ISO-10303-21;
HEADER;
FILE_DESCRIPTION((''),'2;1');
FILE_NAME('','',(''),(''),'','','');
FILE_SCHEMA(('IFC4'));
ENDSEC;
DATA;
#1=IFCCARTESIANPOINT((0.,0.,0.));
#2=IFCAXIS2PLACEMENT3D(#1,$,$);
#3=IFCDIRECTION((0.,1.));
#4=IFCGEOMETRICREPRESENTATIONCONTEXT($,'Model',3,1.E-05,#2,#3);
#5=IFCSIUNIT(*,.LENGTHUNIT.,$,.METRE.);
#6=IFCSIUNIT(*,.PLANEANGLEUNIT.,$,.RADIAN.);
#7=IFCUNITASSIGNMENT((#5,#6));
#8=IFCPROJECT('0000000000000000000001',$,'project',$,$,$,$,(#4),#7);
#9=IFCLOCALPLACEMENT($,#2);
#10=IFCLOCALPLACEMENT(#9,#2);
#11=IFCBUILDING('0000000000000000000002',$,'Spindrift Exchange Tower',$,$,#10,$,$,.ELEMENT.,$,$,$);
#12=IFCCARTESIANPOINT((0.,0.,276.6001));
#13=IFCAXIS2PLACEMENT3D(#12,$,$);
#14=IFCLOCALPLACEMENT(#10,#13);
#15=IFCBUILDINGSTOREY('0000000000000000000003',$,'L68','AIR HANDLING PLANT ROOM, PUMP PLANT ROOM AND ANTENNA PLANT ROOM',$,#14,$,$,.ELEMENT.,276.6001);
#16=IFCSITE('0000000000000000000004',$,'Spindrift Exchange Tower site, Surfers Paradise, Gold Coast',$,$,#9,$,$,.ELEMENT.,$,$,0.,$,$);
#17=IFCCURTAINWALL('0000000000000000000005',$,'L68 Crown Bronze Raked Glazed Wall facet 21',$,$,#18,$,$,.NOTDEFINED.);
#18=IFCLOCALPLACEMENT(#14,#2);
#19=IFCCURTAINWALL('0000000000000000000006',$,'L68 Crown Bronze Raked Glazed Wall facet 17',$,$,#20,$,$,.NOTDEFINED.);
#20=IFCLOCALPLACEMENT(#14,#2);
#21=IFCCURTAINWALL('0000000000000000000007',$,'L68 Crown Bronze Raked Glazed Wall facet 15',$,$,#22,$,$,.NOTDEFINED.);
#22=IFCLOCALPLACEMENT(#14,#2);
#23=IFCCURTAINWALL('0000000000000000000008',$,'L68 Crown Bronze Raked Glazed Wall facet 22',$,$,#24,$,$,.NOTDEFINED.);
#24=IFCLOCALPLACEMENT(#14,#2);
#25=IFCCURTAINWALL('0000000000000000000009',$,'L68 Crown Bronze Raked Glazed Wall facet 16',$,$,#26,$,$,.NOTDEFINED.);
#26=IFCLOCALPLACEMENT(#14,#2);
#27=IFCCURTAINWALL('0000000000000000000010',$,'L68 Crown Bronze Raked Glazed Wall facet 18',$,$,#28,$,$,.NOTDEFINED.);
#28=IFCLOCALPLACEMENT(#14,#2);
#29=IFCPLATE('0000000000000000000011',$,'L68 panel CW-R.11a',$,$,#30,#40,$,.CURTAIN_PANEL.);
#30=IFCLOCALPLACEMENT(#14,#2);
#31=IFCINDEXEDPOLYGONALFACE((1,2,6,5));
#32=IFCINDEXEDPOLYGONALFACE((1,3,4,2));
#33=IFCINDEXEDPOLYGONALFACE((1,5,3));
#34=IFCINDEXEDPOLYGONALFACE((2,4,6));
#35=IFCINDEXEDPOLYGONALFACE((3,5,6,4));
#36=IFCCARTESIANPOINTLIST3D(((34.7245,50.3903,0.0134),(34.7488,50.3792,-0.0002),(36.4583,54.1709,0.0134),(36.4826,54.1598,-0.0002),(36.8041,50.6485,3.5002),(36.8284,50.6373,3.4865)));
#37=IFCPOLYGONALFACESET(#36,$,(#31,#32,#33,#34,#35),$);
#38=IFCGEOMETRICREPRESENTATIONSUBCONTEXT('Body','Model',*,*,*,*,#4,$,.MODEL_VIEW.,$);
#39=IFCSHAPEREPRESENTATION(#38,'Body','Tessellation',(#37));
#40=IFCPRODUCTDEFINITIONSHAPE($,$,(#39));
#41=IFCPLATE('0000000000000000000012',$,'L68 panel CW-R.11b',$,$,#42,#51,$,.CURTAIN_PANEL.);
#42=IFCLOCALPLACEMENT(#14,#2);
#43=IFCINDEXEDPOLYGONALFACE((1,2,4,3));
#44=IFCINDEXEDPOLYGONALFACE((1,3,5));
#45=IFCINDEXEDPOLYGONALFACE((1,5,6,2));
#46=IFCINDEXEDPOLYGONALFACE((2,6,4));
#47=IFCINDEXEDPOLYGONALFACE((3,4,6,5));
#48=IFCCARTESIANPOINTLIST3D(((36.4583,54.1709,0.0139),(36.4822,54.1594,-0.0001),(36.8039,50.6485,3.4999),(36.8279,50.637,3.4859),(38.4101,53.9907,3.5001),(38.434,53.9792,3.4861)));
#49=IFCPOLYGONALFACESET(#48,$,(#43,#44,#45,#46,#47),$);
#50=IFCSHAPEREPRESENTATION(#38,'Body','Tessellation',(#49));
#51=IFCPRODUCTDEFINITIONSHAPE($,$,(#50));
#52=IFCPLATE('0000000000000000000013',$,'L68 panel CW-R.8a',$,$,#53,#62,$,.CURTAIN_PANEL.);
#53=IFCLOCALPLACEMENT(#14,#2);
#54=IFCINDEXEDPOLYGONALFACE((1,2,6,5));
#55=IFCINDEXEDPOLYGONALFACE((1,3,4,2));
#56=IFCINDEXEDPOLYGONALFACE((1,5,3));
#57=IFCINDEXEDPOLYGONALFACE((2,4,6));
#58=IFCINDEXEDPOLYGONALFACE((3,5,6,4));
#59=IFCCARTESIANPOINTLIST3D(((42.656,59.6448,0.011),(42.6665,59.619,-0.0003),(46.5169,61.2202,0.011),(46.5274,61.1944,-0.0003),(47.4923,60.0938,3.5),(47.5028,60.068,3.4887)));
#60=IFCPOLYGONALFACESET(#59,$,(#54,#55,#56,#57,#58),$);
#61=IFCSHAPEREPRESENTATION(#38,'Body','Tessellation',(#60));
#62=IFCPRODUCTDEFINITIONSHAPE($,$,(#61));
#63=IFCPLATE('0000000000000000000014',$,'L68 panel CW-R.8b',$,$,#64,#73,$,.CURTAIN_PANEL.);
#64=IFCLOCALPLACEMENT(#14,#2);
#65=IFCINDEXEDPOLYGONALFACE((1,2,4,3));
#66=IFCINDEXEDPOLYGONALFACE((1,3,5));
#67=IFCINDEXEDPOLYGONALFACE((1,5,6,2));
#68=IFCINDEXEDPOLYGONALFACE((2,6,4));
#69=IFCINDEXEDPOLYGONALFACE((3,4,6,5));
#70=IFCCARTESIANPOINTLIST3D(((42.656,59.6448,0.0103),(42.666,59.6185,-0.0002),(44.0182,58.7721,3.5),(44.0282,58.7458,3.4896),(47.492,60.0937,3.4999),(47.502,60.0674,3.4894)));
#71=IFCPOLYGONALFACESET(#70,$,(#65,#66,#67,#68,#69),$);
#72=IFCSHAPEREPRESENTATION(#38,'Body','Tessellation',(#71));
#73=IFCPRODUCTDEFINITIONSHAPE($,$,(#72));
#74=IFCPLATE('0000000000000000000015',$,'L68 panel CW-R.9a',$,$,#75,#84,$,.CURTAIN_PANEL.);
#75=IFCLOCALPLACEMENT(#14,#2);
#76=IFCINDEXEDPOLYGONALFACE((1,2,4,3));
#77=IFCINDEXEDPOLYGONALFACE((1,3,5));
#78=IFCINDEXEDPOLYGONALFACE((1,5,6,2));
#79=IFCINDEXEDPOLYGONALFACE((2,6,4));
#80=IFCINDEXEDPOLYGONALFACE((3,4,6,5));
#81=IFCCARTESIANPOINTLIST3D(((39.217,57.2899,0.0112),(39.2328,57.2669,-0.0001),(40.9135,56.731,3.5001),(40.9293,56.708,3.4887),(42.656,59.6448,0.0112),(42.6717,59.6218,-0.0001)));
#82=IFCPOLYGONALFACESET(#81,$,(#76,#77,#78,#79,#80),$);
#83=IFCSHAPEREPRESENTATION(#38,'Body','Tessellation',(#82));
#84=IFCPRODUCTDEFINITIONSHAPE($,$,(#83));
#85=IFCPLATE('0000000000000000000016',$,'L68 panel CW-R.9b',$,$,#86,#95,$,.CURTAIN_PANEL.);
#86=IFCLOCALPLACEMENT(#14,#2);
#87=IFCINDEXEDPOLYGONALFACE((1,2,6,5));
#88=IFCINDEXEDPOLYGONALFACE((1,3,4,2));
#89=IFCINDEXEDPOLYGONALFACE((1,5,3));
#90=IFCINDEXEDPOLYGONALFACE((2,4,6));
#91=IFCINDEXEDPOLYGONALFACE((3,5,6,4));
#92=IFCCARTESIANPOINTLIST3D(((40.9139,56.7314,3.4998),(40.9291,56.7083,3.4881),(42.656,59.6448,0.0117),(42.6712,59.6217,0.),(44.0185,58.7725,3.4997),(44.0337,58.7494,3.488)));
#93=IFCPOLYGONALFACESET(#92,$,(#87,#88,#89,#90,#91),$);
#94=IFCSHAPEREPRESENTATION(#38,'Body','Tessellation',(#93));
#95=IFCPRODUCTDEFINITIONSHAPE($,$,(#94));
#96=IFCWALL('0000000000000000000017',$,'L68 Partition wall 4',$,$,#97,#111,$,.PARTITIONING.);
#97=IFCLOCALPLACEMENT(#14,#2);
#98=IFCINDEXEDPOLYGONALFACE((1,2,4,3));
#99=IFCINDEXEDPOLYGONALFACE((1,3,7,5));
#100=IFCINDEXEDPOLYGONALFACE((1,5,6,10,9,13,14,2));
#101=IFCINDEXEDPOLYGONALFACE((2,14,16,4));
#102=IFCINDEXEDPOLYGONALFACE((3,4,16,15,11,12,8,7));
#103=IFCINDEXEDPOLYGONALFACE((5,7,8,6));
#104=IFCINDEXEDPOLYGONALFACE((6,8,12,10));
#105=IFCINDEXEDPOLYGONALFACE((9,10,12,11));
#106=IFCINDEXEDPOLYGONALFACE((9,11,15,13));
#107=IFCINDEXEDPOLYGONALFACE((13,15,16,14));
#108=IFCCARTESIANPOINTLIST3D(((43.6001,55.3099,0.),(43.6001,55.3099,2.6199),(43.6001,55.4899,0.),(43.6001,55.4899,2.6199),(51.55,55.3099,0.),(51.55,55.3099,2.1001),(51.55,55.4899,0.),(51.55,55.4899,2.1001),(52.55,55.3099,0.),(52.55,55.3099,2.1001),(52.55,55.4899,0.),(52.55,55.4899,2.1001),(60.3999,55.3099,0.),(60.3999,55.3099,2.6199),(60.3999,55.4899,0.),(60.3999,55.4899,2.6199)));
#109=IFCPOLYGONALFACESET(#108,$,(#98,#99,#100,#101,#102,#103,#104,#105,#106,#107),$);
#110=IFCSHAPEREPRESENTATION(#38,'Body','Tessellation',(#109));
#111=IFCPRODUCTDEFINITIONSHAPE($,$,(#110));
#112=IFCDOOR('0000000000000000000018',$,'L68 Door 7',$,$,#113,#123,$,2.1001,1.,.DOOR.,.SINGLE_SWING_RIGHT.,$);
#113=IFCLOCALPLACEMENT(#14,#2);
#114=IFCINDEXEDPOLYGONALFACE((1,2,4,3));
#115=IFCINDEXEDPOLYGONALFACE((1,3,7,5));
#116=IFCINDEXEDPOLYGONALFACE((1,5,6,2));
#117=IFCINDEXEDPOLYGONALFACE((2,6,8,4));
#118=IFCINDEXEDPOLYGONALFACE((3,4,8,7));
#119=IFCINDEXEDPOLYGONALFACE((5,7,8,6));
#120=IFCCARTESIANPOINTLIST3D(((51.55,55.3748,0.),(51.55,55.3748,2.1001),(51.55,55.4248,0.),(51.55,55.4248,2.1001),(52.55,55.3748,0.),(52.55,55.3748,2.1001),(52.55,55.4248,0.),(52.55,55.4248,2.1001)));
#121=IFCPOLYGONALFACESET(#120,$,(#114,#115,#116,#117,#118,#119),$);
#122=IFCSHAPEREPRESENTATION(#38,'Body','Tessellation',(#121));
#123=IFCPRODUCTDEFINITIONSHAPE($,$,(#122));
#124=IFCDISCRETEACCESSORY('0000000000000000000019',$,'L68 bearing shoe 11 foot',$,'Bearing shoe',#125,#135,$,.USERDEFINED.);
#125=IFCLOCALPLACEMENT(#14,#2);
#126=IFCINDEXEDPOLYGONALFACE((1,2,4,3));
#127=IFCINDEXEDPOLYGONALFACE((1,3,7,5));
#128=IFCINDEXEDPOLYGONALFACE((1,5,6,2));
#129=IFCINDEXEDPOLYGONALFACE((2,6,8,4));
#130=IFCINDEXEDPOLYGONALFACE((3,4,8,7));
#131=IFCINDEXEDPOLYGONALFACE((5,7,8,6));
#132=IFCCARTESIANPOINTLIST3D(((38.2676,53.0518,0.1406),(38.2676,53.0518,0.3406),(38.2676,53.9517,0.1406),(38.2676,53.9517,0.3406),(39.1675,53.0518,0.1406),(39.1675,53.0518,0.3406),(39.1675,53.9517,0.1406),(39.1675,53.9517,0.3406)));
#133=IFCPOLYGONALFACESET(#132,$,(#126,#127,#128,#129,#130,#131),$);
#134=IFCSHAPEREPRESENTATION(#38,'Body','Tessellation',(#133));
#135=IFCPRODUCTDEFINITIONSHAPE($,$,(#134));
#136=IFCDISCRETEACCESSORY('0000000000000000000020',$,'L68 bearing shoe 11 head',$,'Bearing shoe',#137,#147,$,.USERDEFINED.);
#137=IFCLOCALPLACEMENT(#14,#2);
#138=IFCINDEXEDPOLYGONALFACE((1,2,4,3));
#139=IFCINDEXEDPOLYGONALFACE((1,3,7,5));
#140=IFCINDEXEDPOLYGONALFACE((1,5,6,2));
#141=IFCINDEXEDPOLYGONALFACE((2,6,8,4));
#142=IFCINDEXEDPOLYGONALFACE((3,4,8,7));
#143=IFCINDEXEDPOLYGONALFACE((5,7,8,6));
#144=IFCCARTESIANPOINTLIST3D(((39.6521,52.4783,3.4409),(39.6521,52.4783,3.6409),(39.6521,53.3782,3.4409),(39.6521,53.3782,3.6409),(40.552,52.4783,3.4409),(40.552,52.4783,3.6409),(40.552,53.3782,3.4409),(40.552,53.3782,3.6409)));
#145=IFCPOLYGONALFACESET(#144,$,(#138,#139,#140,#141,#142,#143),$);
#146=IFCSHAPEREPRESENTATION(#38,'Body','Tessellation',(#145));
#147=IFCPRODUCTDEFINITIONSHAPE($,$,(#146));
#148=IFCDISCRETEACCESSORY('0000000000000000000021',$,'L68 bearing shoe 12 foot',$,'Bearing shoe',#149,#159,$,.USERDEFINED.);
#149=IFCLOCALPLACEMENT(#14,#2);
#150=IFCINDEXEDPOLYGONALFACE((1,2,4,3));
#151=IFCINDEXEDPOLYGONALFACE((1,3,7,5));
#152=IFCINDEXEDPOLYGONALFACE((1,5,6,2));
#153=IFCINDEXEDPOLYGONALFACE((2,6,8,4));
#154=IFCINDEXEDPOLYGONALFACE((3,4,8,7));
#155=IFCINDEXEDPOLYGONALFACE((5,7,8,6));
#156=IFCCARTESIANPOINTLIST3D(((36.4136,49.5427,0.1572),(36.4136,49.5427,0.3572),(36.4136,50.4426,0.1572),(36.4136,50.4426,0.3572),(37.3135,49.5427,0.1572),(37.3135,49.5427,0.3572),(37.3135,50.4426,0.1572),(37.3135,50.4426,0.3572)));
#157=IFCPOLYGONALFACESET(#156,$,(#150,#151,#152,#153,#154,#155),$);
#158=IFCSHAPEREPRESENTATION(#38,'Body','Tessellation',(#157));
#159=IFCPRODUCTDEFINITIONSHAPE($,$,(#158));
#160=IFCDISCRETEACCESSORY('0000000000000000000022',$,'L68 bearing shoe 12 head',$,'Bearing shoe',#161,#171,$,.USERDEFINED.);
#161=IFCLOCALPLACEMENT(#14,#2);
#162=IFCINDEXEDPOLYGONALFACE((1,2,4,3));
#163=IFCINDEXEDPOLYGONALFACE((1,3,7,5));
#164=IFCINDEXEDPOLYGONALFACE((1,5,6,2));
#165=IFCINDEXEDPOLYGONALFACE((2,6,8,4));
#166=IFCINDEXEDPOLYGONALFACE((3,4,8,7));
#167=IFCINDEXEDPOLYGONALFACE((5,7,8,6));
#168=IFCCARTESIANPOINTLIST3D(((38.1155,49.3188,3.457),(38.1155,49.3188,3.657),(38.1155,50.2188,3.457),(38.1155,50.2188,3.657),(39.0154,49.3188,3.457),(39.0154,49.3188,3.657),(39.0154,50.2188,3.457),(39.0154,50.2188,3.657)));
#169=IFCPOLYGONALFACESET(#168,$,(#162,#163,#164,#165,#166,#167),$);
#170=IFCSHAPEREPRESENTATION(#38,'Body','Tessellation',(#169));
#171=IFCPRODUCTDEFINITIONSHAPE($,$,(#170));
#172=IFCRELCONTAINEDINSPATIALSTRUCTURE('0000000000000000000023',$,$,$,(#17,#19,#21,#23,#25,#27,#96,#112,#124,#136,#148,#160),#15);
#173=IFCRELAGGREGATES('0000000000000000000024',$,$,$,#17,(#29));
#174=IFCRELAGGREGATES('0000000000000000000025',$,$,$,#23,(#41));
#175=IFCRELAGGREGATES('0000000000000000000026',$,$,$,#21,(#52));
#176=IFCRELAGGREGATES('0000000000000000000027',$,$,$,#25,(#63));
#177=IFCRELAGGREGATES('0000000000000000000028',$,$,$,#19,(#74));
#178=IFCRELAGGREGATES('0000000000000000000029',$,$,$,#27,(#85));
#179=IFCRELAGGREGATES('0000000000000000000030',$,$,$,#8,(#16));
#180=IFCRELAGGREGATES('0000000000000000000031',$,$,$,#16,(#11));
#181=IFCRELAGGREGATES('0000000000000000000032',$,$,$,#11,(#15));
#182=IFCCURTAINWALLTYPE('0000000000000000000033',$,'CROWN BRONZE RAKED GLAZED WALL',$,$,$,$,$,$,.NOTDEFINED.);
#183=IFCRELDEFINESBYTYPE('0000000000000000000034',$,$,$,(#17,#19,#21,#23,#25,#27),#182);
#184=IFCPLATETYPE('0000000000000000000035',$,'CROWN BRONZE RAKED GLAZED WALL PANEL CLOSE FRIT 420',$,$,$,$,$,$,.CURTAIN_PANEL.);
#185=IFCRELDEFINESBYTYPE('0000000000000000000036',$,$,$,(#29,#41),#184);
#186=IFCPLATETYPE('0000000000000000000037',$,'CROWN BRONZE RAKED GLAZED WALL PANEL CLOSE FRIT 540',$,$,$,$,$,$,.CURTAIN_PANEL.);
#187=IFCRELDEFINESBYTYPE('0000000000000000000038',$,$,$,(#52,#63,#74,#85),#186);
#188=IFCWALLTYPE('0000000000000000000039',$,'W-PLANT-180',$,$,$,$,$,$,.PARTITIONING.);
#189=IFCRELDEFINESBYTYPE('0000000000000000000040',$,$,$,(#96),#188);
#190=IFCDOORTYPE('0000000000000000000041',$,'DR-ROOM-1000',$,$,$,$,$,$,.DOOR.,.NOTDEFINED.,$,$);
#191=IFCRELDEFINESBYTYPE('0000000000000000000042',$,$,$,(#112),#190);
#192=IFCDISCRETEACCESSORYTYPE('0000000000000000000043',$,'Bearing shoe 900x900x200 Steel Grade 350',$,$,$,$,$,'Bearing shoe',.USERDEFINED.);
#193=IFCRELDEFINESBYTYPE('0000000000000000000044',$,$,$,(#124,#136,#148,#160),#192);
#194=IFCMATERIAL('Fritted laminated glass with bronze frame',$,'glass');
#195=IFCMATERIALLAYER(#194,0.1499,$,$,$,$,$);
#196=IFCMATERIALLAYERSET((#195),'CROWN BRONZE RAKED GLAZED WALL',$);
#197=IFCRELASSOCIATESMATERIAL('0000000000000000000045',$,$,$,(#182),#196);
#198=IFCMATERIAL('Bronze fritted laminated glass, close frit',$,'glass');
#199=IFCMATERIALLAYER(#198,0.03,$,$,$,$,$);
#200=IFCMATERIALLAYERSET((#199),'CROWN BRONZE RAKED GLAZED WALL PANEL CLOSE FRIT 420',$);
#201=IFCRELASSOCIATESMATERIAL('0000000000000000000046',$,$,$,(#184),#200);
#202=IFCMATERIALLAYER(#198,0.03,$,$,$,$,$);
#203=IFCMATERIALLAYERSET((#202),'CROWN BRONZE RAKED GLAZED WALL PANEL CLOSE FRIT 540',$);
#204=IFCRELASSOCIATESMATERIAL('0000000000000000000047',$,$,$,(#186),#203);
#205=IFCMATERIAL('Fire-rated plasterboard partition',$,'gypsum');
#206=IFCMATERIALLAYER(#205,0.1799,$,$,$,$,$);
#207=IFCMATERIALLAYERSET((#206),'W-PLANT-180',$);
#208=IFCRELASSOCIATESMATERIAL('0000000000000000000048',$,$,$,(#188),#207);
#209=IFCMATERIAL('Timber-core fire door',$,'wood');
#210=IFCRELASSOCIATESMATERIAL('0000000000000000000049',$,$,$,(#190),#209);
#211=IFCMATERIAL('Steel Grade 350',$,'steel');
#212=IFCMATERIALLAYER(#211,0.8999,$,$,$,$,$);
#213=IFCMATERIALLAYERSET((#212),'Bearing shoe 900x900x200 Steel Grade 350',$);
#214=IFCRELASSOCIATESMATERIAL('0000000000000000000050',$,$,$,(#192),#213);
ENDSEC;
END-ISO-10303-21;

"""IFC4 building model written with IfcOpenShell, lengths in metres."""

from ifc_helpers import new_model, si_unit, direction, frame, frame_2d, origin, origin_2d, place, context, subcontext, project, spatial, line, indexed_curve, rectangle, outline, extrude, source, transform, mapped, material, layer, layer_set, type_object, element, fill, aggregate, save


model = new_model("IFC4")

# Units and contexts
model_context = context("Model", 3, precision=1e-05, world=origin(), true_north=direction((0.0, 1.0)))
body_context = subcontext(model_context, "Body", "Model", "MODEL_VIEW")
ifc_project = project(units=[si_unit("LENGTHUNIT", "METRE"), si_unit("PLANEANGLEUNIT", "RADIAN")], contexts=[model_context])

# Site, building, storey
site_placement = place(None, origin())
site = spatial("IfcSite", under=ifc_project, at=site_placement, Name="Spindrift Exchange Tower site, Surfers Paradise, Gold Coast", CompositionType="ELEMENT", RefElevation=0.0)
building_placement = place(site_placement, origin())
building = spatial("IfcBuilding", under=site, at=building_placement, Name="Spindrift Exchange Tower", CompositionType="ELEMENT")
storey_placement = place(building_placement, frame((0.0, 0.0, 276.6001)))
storey = spatial("IfcBuildingStorey", under=building, at=storey_placement, Name="L68", Description="AIR HANDLING PLANT ROOM, PUMP PLANT ROOM AND ANTENNA PLANT ROOM", CompositionType="ELEMENT", Elevation=276.6001)

# Curtain walls
ifc_material_1 = material(Name="Fritted laminated glass with bronze frame", Category="glass")
ifc_layer_1 = layer(ifc_material_1, 0.1499)
ifc_layer_set_1 = layer_set([ifc_layer_1], Name="CROWN BRONZE RAKED GLAZED WALL")
curtain_wall_type = type_object("IfcCurtainWallType", Name="CROWN BRONZE RAKED GLAZED WALL", PredefinedType="NOTDEFINED", material=ifc_layer_set_1)
curtain_wall_1_placement = place(storey_placement, origin())
curtain_wall_1 = element("IfcCurtainWall", 1, at=curtain_wall_1_placement, inside=storey, type_object=curtain_wall_type, Name="L68 Crown Bronze Raked Glazed Wall facet 21", PredefinedType="NOTDEFINED")
curtain_wall_2_placement = place(storey_placement, origin())
curtain_wall_2 = element("IfcCurtainWall", 2, at=curtain_wall_2_placement, inside=storey, type_object=curtain_wall_type, Name="L68 Crown Bronze Raked Glazed Wall facet 17", PredefinedType="NOTDEFINED")
curtain_wall_3_placement = place(storey_placement, origin())
curtain_wall_3 = element("IfcCurtainWall", 3, at=curtain_wall_3_placement, inside=storey, type_object=curtain_wall_type, Name="L68 Crown Bronze Raked Glazed Wall facet 15", PredefinedType="NOTDEFINED")
curtain_wall_4_placement = place(storey_placement, origin())
curtain_wall_4 = element("IfcCurtainWall", 4, at=curtain_wall_4_placement, inside=storey, type_object=curtain_wall_type, Name="L68 Crown Bronze Raked Glazed Wall facet 22", PredefinedType="NOTDEFINED")
curtain_wall_5_placement = place(storey_placement, origin())
curtain_wall_5 = element("IfcCurtainWall", 5, at=curtain_wall_5_placement, inside=storey, type_object=curtain_wall_type, Name="L68 Crown Bronze Raked Glazed Wall facet 16", PredefinedType="NOTDEFINED")

# Curtain wall
curtain_wall_6_placement = place(storey_placement, origin())
curtain_wall_6 = element("IfcCurtainWall", 6, at=curtain_wall_6_placement, inside=storey, type_object=curtain_wall_type, Name="L68 Crown Bronze Raked Glazed Wall facet 18", PredefinedType="NOTDEFINED")

# Plates
ifc_material_2 = material(Name="Bronze fritted laminated glass, close frit", Category="glass")
ifc_layer_2 = layer(ifc_material_2, 0.03)
ifc_layer_set_2 = layer_set([ifc_layer_2], Name="CROWN BRONZE RAKED GLAZED WALL PANEL CLOSE FRIT 420")
plate_type_1 = type_object("IfcPlateType", Name="CROWN BRONZE RAKED GLAZED WALL PANEL CLOSE FRIT 420", PredefinedType="CURTAIN_PANEL", material=ifc_layer_set_2)
plate_1_placement = place(storey_placement, frame((36.4583, 54.1709, 0.0134), z_axis=(-0.809327, 0.371159, 0.455227), x_axis=(-0.416857, -0.908972, 0.0)))
plate_1 = element("IfcPlate", 7, at=plate_1_placement, type_object=plate_type_1, Name="L68 panel CW-R.11a", PredefinedType="CURTAIN_PANEL", context=body_context, shape_type="SweptSolid", body=[
    extrude(outline(indexed_curve([(0.0, 0.0), (4.1592, 0.0), (3.0576, 3.916)], segments=[line(1, 2, 3, 1)], self_intersect=False)), origin(), (0.0, 0.0, -1.0), 0.03),
])
aggregate(curtain_wall_1, [plate_1])
plate_2_placement = place(storey_placement, frame((36.4583, 54.1709, 0.0139), z_axis=(-0.797376, 0.383165, 0.466236), x_axis=(0.069587, -0.709044, 0.701722)))
plate_2 = element("IfcPlate", 8, at=plate_2_placement, type_object=plate_type_1, Name="L68 panel CW-R.11b", PredefinedType="CURTAIN_PANEL", context=body_context, shape_type="SweptSolid", body=[
    extrude(outline(indexed_curve([(0.0, 0.0), (4.9678, 0.0), (2.71, 2.9414)], segments=[line(1, 2, 3, 1)], self_intersect=False)), origin(), (0.0, 0.0, -1.0), 0.03),
])
aggregate(curtain_wall_4, [plate_2])
ifc_layer_3 = layer(ifc_material_2, 0.03)
ifc_layer_set_3 = layer_set([ifc_layer_3], Name="CROWN BRONZE RAKED GLAZED WALL PANEL CLOSE FRIT 540")
plate_type_2 = type_object("IfcPlateType", Name="CROWN BRONZE RAKED GLAZED WALL PANEL CLOSE FRIT 540", PredefinedType="CURTAIN_PANEL", material=ifc_layer_set_3)
plate_3_placement = place(storey_placement, frame((42.656, 59.6448, 0.011), z_axis=(-0.350238, 0.858308, 0.375022), x_axis=(0.925882, 0.377812, 0.0)))
plate_3 = element("IfcPlate", 9, at=plate_3_placement, type_object=plate_type_2, Name="L68 panel CW-R.8a", PredefinedType="CURTAIN_PANEL", context=body_context, shape_type="SweptSolid", body=[
    extrude(outline(indexed_curve([(0.0, 0.0), (4.1699, 0.0), (4.6475, -3.7637)], segments=[line(1, 2, 3, 1)], self_intersect=False)), origin(), (0.0, 0.0, -1.0), 0.03),
])
aggregate(curtain_wall_3, [plate_3])
plate_4_placement = place(storey_placement, frame((42.656, 59.6448, 0.0103), z_axis=(-0.333195, 0.875861, 0.349067), x_axis=(0.808634, 0.075071, 0.583503)))
plate_4 = element("IfcPlate", 10, at=plate_4_placement, type_object=plate_type_2, Name="L68 panel CW-R.8b", PredefinedType="CURTAIN_PANEL", context=body_context, shape_type="SweptSolid", body=[
    extrude(outline(indexed_curve([(0.0, 0.0), (5.9805, 0.0), (3.0723, -2.3145)], segments=[line(1, 2, 3, 1)], self_intersect=False)), origin(), (0.0, 0.0, -1.0), 0.03),
])
aggregate(curtain_wall_5, [plate_4])
plate_5_placement = place(storey_placement, frame((42.656, 59.6448, 0.0112), z_axis=(-0.523331, 0.764243, 0.376906), x_axis=(-0.825092, -0.564999, 0.0)))
plate_5 = element("IfcPlate", 11, at=plate_5_placement, type_object=plate_type_2, Name="L68 panel CW-R.9a", PredefinedType="CURTAIN_PANEL", context=body_context, shape_type="SweptSolid", body=[
    extrude(outline(indexed_curve([(0.0, 0.0), (4.168, 0.0), (3.084, 3.7666)], segments=[line(1, 2, 3, 1)], self_intersect=False)), origin(), (0.0, 0.0, -1.0), 0.03),
])
aggregate(curtain_wall_2, [plate_5])
plate_6_placement = place(storey_placement, frame((42.656, 59.6448, 0.0117), z_axis=(-0.505847, 0.76942, 0.390015), x_axis=(-0.357925, -0.598581, 0.716652)))
plate_6 = element("IfcPlate", 12, at=plate_6_placement, type_object=plate_type_2, Name="L68 panel CW-R.9b", PredefinedType="CURTAIN_PANEL", context=body_context, shape_type="SweptSolid", body=[
    extrude(outline(indexed_curve([(0.0, 0.0), (4.8672, 0.0), (2.5342, 2.8916)], segments=[line(1, 2, 3, 1)], self_intersect=False)), origin(), (0.0, 0.0, -1.0), 0.03),
])
aggregate(curtain_wall_6, [plate_6])

# Wall, opening, door
ifc_material_3 = material(Name="Fire-rated plasterboard partition", Category="gypsum")
ifc_layer_4 = layer(ifc_material_3, 0.1799)
ifc_layer_set_4 = layer_set([ifc_layer_4], Name="W-PLANT-180")
wall_type = type_object("IfcWallType", Name="W-PLANT-180", PredefinedType="PARTITIONING", material=ifc_layer_set_4)
wall_placement = place(storey_placement, frame((43.6001, 55.3999, 0.0), z_axis=(0.0, 0.0, 1.0), x_axis=(1.0, 0.0, 0.0)))
wall = element("IfcWall", 13, at=wall_placement, inside=storey, type_object=wall_type, Name="L68 Partition wall 4", PredefinedType="PARTITIONING", context=body_context, shape_type="SweptSolid", body=[
    extrude(rectangle(XDim=16.7998, YDim=0.1799, at=frame_2d((8.3999, 0.0))), origin(), (0.0, 0.0, 1.0), 2.6199),
])
opening_placement = place(wall_placement, frame((7.95, 0.0, 0.0)))
opening = element("IfcOpeningElement", 14, at=opening_placement, cuts=wall, PredefinedType="OPENING", context=body_context, shape_type="SweptSolid", body=[
    extrude(rectangle(XDim=1.0, YDim=2.1001, at=frame_2d((0.5, 1.05))), frame((0.0, 0.0999, 0.0), z_axis=(0.0, -1.0, 0.0), x_axis=(1.0, 0.0, 0.0)), (0.0, 0.0, 1.0), 0.2),
])
ifc_material_4 = material(Name="Timber-core fire door", Category="wood")
door_type = type_object("IfcDoorType", Name="DR-ROOM-1000", OperationType="NOTDEFINED", PredefinedType="DOOR", material=ifc_material_4)
shared_shape_1 = source(origin(), body_context, "Body", "SweptSolid", [
    extrude(rectangle(XDim=1.0, YDim=2.1001, at=frame_2d((0.5, 1.05))), frame((0.0, 0.0249, 0.0), z_axis=(0.0, -1.0, 0.0), x_axis=(1.0, 0.0, 0.0)), (0.0, 0.0, 1.0), 0.05),
])
door_placement = place(opening_placement, origin())
door = element("IfcDoor", 15, at=door_placement, inside=storey, type_object=door_type, Name="L68 Door 7", OperationType="SINGLE_SWING_RIGHT", OverallHeight=2.1001, OverallWidth=1.0, PredefinedType="DOOR", context=body_context, shape_type="MappedRepresentation", body=[
    mapped(shared_shape_1, transform((0.0, 0.0, 0.0), scale=1.0)),
])
fill(opening, door)

# Discrete accessories
ifc_material_5 = material(Name="Steel Grade 350", Category="steel")
ifc_layer_5 = layer(ifc_material_5, 0.8999)
ifc_layer_set_5 = layer_set([ifc_layer_5], Name="Bearing shoe 900x900x200 Steel Grade 350")
discrete_accessory_type = type_object("IfcDiscreteAccessoryType", Name="Bearing shoe 900x900x200 Steel Grade 350", ElementType="Bearing shoe", PredefinedType="USERDEFINED", material=ifc_layer_set_5)
shared_shape_2 = source(origin(), body_context, "Body", "SweptSolid", [
    extrude(rectangle(XDim=0.8999, YDim=0.8999, at=origin_2d()), origin(), (0.0, 0.0, 1.0), 0.2),
])
for number, where, z_axis, x_axis, name in (
    (16, (38.7175, 53.5017, 0.1406), (0.0, 0.0, 1.0), (1.0, 0.0, 0.0), "L68 bearing shoe 11 foot"),
    (17, (40.1021, 52.9282, 3.4409), (0.0, 0.0, 1.0), (1.0, 0.0, 0.0), "L68 bearing shoe 11 head"),
    (18, (36.8635, 49.9927, 0.1572), (0.0, 0.0, 1.0), (1.0, 0.0, 0.0), "L68 bearing shoe 12 foot"),
    (19, (38.5654, 49.7688, 3.457), (0.0, 0.0, 1.0), (1.0, 0.0, 0.0), "L68 bearing shoe 12 head"),
):
    element("IfcDiscreteAccessory", number, at=place(storey_placement, frame(where, z_axis=z_axis, x_axis=x_axis)), inside=storey, type_object=discrete_accessory_type, Name=name, ObjectType="Bearing shoe", PredefinedType="USERDEFINED", context=body_context, shape_type="MappedRepresentation", body=[
        mapped(shared_shape_2, transform((0.0, 0.0, 0.0), scale=1.0)),
    ])

save(model, "model.ifc")
